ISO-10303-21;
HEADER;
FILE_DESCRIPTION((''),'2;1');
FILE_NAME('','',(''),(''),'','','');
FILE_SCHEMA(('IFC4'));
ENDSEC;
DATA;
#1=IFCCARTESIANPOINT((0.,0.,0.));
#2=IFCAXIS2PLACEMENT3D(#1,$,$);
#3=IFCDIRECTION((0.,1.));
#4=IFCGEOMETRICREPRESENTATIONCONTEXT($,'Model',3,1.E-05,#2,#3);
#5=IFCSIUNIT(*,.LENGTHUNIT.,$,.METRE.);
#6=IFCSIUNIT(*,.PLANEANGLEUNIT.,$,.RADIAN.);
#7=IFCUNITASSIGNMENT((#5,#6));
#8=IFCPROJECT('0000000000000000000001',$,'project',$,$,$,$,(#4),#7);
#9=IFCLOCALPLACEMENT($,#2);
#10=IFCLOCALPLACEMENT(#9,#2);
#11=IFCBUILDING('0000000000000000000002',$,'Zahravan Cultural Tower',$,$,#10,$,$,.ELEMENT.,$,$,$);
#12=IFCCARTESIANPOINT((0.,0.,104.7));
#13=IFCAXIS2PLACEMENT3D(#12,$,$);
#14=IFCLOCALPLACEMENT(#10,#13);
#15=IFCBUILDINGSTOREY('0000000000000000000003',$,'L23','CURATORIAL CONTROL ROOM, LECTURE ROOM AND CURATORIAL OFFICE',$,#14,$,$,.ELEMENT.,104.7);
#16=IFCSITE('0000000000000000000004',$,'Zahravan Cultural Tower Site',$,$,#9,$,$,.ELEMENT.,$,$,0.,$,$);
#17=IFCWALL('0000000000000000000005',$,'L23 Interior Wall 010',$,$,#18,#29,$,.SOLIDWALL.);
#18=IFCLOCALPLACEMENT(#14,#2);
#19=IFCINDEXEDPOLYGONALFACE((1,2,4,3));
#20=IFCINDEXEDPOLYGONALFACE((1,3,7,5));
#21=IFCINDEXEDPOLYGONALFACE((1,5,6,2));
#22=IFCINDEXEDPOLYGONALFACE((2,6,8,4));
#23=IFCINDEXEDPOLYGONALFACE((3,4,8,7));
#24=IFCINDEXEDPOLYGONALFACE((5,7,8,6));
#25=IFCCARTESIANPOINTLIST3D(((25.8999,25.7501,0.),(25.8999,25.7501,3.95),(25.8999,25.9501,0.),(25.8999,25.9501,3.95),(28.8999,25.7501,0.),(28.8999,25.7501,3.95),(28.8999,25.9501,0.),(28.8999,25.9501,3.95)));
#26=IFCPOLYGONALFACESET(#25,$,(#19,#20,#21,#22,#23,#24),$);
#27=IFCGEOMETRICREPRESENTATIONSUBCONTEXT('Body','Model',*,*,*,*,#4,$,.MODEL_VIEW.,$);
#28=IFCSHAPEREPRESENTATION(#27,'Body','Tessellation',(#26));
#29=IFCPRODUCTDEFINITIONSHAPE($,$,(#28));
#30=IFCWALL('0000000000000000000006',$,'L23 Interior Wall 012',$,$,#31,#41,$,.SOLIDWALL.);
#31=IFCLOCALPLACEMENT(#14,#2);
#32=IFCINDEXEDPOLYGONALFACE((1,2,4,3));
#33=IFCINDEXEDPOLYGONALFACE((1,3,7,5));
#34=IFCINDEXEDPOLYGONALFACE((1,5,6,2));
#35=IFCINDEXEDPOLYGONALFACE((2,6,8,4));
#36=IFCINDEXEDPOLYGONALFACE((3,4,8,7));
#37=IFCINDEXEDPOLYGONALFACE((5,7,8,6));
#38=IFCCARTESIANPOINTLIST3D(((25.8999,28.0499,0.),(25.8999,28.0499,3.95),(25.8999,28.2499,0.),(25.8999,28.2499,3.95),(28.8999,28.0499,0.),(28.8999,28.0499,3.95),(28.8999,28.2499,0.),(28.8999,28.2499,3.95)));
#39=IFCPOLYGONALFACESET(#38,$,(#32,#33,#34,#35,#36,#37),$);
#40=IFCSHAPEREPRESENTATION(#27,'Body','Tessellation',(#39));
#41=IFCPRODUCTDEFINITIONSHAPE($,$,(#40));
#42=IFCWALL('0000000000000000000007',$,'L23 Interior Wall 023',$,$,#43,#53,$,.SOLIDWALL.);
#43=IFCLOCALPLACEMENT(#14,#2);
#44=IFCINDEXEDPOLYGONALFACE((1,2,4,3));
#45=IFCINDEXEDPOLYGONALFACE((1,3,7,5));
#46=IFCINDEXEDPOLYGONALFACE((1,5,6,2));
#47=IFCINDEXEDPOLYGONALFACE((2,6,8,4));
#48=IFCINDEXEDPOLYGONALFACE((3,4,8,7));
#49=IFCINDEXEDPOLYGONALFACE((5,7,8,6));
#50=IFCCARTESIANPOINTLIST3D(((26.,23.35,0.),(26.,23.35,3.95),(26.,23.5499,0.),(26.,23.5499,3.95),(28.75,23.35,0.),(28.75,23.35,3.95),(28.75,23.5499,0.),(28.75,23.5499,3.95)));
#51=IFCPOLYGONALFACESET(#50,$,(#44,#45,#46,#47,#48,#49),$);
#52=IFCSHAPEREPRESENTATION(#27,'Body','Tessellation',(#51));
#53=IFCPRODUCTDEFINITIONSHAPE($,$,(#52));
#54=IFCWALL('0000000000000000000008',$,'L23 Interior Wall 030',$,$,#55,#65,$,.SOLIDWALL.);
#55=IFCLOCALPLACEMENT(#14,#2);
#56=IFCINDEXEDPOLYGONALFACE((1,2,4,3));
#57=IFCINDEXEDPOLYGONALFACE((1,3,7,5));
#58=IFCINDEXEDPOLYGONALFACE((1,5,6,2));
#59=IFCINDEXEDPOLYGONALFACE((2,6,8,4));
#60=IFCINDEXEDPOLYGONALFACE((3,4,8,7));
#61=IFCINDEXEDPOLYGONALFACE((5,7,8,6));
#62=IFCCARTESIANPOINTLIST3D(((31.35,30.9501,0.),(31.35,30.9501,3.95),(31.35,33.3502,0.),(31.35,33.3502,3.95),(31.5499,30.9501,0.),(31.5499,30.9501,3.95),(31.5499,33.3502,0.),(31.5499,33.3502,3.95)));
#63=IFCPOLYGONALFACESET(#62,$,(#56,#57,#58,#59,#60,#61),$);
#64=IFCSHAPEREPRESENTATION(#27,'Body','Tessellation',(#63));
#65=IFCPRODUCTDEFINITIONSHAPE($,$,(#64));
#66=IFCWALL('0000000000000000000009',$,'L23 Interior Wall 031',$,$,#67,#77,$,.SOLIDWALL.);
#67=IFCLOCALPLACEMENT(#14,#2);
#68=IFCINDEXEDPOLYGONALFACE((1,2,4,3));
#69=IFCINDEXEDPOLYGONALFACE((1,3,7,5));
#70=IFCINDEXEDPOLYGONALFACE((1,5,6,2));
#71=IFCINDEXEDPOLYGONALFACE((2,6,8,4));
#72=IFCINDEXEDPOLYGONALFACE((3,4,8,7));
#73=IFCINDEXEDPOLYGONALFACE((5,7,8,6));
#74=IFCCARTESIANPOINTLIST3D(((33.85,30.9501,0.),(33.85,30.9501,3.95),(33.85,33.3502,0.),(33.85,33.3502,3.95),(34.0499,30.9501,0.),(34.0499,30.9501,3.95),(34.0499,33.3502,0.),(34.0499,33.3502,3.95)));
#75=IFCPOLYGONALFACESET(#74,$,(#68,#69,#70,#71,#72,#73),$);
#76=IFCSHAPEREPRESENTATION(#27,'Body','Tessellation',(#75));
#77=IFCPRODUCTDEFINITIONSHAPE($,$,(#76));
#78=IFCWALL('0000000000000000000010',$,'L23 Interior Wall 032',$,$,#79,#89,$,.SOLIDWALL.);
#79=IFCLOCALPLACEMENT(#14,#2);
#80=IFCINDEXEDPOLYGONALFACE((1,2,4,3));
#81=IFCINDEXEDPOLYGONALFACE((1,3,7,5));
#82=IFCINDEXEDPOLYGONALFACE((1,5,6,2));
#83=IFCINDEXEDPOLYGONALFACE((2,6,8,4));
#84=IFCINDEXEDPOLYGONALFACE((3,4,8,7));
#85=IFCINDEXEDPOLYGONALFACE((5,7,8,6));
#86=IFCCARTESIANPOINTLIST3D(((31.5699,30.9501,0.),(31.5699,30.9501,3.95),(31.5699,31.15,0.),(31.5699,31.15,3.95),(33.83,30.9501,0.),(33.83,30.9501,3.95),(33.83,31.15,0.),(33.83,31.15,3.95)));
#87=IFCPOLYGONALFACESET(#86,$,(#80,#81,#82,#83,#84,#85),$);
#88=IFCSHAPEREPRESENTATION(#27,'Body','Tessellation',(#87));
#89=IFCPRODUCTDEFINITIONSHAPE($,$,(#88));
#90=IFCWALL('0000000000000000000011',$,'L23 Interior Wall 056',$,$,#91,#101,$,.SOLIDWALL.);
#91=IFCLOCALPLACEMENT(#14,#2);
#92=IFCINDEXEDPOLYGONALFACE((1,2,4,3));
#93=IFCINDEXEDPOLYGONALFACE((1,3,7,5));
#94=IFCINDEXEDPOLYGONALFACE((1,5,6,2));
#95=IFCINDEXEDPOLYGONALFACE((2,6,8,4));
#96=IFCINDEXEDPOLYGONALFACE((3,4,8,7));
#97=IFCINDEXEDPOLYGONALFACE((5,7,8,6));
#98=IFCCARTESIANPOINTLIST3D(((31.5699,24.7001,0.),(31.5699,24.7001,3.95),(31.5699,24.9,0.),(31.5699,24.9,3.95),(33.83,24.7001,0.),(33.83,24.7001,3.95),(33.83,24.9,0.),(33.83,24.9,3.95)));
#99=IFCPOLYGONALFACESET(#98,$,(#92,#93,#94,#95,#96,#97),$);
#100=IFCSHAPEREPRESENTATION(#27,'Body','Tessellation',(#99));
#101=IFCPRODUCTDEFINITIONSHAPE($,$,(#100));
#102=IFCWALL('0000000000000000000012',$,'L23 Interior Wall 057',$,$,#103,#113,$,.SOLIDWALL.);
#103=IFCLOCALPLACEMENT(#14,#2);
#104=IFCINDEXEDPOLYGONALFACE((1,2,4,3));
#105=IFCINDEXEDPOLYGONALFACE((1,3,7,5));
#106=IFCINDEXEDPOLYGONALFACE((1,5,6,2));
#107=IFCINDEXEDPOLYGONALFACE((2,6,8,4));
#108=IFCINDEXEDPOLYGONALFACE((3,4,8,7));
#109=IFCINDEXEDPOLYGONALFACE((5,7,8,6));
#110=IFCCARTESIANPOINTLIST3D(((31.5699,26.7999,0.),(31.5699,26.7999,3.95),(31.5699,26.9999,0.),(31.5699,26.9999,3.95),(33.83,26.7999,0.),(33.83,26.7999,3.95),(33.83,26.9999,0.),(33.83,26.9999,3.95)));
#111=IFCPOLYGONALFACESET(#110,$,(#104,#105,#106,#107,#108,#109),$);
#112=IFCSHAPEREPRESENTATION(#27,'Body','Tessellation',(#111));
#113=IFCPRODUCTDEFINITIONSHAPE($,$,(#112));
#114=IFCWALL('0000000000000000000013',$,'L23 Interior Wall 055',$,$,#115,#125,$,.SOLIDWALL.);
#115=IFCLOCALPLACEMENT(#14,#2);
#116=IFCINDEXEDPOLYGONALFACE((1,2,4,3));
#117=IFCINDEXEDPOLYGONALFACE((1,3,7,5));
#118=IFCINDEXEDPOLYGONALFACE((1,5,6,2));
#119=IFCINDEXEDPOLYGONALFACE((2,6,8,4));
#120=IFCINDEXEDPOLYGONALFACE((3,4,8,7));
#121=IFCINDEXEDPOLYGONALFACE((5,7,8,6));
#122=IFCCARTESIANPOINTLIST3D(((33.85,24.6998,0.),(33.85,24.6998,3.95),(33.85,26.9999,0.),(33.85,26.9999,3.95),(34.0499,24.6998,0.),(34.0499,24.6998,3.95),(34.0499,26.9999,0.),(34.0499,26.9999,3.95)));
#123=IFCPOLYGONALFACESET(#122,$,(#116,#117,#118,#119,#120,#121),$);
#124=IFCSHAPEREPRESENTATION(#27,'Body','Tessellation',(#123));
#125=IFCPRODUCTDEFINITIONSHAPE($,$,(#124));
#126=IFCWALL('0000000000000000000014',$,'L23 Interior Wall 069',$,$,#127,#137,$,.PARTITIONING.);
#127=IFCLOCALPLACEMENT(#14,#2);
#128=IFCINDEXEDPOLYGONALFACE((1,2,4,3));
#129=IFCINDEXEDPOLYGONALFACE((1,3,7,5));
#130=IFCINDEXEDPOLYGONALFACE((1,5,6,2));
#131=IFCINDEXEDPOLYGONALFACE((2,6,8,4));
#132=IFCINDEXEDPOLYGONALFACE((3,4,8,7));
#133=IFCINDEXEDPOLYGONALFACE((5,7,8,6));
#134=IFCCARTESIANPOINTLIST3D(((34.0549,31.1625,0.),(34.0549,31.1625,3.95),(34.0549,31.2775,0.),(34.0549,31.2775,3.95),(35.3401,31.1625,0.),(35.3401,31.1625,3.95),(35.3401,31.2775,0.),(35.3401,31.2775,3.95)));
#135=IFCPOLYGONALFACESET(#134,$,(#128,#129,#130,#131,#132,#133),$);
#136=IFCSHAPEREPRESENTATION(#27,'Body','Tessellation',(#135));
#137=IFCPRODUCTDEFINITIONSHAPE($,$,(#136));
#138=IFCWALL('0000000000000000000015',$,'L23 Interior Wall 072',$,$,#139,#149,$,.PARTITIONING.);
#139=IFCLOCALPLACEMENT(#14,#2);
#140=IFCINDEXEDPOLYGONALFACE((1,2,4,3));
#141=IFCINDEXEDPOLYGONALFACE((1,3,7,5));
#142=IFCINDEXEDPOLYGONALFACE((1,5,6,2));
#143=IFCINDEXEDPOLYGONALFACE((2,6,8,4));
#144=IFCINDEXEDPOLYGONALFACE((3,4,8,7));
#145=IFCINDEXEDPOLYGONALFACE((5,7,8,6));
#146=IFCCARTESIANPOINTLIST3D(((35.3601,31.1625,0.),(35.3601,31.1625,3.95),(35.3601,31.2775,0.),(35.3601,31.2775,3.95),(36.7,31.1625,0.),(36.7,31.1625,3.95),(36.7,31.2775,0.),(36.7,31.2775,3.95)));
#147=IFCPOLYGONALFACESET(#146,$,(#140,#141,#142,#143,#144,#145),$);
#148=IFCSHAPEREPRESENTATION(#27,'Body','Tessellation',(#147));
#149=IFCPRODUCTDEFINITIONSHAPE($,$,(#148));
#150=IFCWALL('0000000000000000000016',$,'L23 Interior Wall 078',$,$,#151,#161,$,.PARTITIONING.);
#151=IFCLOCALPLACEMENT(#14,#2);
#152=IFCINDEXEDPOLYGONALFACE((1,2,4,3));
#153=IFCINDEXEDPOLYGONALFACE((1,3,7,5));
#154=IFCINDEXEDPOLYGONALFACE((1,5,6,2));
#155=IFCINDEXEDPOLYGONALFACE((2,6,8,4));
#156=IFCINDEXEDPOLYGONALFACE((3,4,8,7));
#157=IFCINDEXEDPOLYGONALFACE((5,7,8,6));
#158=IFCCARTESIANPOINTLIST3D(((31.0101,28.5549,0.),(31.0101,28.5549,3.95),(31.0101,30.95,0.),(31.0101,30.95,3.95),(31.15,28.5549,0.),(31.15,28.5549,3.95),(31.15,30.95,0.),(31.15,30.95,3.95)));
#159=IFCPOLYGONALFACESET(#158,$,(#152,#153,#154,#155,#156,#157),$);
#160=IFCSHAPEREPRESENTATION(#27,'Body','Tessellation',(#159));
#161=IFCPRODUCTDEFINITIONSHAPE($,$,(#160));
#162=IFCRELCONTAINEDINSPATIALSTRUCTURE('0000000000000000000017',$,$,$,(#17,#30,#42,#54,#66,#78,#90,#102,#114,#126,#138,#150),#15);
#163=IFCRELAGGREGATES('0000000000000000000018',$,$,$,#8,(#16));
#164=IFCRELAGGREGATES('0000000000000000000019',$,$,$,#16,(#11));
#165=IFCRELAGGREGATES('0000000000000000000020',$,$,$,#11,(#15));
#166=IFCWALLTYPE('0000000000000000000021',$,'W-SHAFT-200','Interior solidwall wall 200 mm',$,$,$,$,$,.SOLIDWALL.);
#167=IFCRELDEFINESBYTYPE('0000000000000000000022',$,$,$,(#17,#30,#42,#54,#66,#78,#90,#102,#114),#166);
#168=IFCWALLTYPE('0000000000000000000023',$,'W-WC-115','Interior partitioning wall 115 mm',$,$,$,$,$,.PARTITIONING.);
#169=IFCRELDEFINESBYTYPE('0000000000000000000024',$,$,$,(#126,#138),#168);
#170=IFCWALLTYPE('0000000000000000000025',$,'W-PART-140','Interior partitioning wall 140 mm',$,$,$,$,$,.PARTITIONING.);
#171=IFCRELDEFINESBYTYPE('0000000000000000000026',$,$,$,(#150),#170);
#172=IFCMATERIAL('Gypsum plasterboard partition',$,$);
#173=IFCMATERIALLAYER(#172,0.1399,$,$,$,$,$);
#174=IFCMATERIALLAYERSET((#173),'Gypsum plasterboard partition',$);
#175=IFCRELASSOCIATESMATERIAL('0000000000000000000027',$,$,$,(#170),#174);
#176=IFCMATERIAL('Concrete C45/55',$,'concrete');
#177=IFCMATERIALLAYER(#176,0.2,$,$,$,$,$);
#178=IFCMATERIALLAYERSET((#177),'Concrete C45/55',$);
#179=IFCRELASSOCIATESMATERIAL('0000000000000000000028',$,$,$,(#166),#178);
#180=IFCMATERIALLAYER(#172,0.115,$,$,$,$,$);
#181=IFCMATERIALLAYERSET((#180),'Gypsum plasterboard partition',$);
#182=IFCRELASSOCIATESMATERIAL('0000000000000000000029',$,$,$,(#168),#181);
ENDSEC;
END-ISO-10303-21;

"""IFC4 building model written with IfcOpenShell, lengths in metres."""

from ifc_helpers import new_model, si_unit, direction, frame, frame_2d, origin, place, context, subcontext, project, spatial, rectangle, extrude, source, transform, mapped, material, layer, layer_set, type_object, element, save


model = new_model("IFC4")

# Units and contexts
model_context = context("Model", 3, precision=1e-05, world=origin(), true_north=direction((0.0, 1.0)))
body_context = subcontext(model_context, "Body", "Model", "MODEL_VIEW")
ifc_project = project(units=[si_unit("LENGTHUNIT", "METRE"), si_unit("PLANEANGLEUNIT", "RADIAN")], contexts=[model_context])

# Site, building, storey
site_placement = place(None, origin())
site = spatial("IfcSite", under=ifc_project, at=site_placement, Name="Zahravan Cultural Tower Site", CompositionType="ELEMENT", RefElevation=0.0)
building_placement = place(site_placement, origin())
building = spatial("IfcBuilding", under=site, at=building_placement, Name="Zahravan Cultural Tower", CompositionType="ELEMENT")
storey_placement = place(building_placement, frame((0.0, 0.0, 104.7)))
storey = spatial("IfcBuildingStorey", under=building, at=storey_placement, Name="L23", Description="CURATORIAL CONTROL ROOM, LECTURE ROOM AND CURATORIAL OFFICE", CompositionType="ELEMENT", Elevation=104.7)

# Shared definitions
ifc_material_1 = material(Name="Gypsum plasterboard partition")
ifc_layer_1 = layer(ifc_material_1, 0.1399)
ifc_layer_set_1 = layer_set([ifc_layer_1], Name="Gypsum plasterboard partition")
wall_type_1 = type_object("IfcWallType", Name="W-PART-140", Description="Interior partitioning wall 140 mm", PredefinedType="PARTITIONING", material=ifc_layer_set_1)
ifc_material_2 = material(Name="Concrete C45/55", Category="concrete")
ifc_layer_2 = layer(ifc_material_2, 0.2)
ifc_layer_set_2 = layer_set([ifc_layer_2], Name="Concrete C45/55")
wall_type_2 = type_object("IfcWallType", Name="W-SHAFT-200", Description="Interior solidwall wall 200 mm", PredefinedType="SOLIDWALL", material=ifc_layer_set_2)

# Walls
shared_shape_1 = source(origin(), body_context, "Body", "SweptSolid", [
    extrude(rectangle(XDim=3.0, YDim=0.2, at=frame_2d((1.5, 0.0))), origin(), (0.0, 0.0, 1.0), 3.95),
])
for number, where, z_axis, x_axis, name in (
    (1, (25.8999, 25.8501, 0.0), (0.0, 0.0, 1.0), (1.0, 0.0, 0.0), "L23 Interior Wall 010"),
    (2, (25.8999, 28.1499, 0.0), (0.0, 0.0, 1.0), (1.0, 0.0, 0.0), "L23 Interior Wall 012"),
):
    element("IfcWall", number, at=place(storey_placement, frame(where, z_axis=z_axis, x_axis=x_axis)), inside=storey, type_object=wall_type_2, Name=name, PredefinedType="SOLIDWALL", context=body_context, shape_type="MappedRepresentation", body=[
        mapped(shared_shape_1, transform((0.0, 0.0, 0.0), x_axis=(1.0, 0.0, 0.0), y_axis=(0.0, 1.0, 0.0), z_axis=(0.0, 0.0, 1.0), scale=1.0)),
    ])
shared_shape_2 = source(origin(), body_context, "Body", "SweptSolid", [
    extrude(rectangle(XDim=2.75, YDim=0.2, at=frame_2d((1.375, 0.0))), origin(), (0.0, 0.0, 1.0), 3.95),
])
wall_1_placement = place(storey_placement, frame((26.0, 23.45, 0.0), z_axis=(0.0, 0.0, 1.0), x_axis=(1.0, 0.0, 0.0)))
element("IfcWall", 3, at=wall_1_placement, inside=storey, type_object=wall_type_2, Name="L23 Interior Wall 023", PredefinedType="SOLIDWALL", context=body_context, shape_type="MappedRepresentation", body=[
    mapped(shared_shape_2, transform((0.0, 0.0, 0.0), x_axis=(1.0, 0.0, 0.0), y_axis=(0.0, 1.0, 0.0), z_axis=(0.0, 0.0, 1.0), scale=1.0)),
])
shared_shape_3 = source(origin(), body_context, "Body", "SweptSolid", [
    extrude(rectangle(XDim=2.4001, YDim=0.2, at=frame_2d((1.2002, 0.0))), origin(), (0.0, 0.0, 1.0), 3.95),
])
for number, where, z_axis, x_axis, name in (
    (4, (31.45, 30.95, 0.0), (0.0, 0.0, 1.0), (0.0, 1.0, 0.0), "L23 Interior Wall 030"),
    (5, (33.95, 30.95, 0.0), (0.0, 0.0, 1.0), (0.0, 1.0, 0.0), "L23 Interior Wall 031"),
):
    element("IfcWall", number, at=place(storey_placement, frame(where, z_axis=z_axis, x_axis=x_axis)), inside=storey, type_object=wall_type_2, Name=name, PredefinedType="SOLIDWALL", context=body_context, shape_type="MappedRepresentation", body=[
        mapped(shared_shape_3, transform((0.0, 0.0, 0.0), x_axis=(1.0, 0.0, 0.0), y_axis=(0.0, 1.0, 0.0), z_axis=(0.0, 0.0, 1.0), scale=1.0)),
    ])
shared_shape_4 = source(origin(), body_context, "Body", "SweptSolid", [
    extrude(rectangle(XDim=2.26, YDim=0.2, at=frame_2d((1.1299, 0.0))), origin(), (0.0, 0.0, 1.0), 3.95),
])
for number, where, z_axis, x_axis, name in (
    (6, (31.5701, 31.05, 0.0), (0.0, 0.0, 1.0), (1.0, 0.0, 0.0), "L23 Interior Wall 032"),
    (7, (31.5701, 24.8, 0.0), (0.0, 0.0, 1.0), (1.0, 0.0, 0.0), "L23 Interior Wall 056"),
    (8, (31.5701, 26.8999, 0.0), (0.0, 0.0, 1.0), (1.0, 0.0, 0.0), "L23 Interior Wall 057"),
):
    element("IfcWall", number, at=place(storey_placement, frame(where, z_axis=z_axis, x_axis=x_axis)), inside=storey, type_object=wall_type_2, Name=name, PredefinedType="SOLIDWALL", context=body_context, shape_type="MappedRepresentation", body=[
        mapped(shared_shape_4, transform((0.0, 0.0, 0.0), x_axis=(1.0, 0.0, 0.0), y_axis=(0.0, 1.0, 0.0), z_axis=(0.0, 0.0, 1.0), scale=1.0)),
    ])
shared_shape_5 = source(origin(), body_context, "Body", "SweptSolid", [
    extrude(rectangle(XDim=2.3, YDim=0.2, at=frame_2d((1.1499, 0.0))), origin(), (0.0, 0.0, 1.0), 3.95),
])
wall_2_placement = place(storey_placement, frame((33.95, 24.7, 0.0), z_axis=(0.0, 0.0, 1.0), x_axis=(0.0, 1.0, 0.0)))
element("IfcWall", 9, at=wall_2_placement, inside=storey, type_object=wall_type_2, Name="L23 Interior Wall 055", PredefinedType="SOLIDWALL", context=body_context, shape_type="MappedRepresentation", body=[
    mapped(shared_shape_5, transform((0.0, 0.0, 0.0), x_axis=(1.0, 0.0, 0.0), y_axis=(0.0, 1.0, 0.0), z_axis=(0.0, 0.0, 1.0), scale=1.0)),
])
ifc_layer_3 = layer(ifc_material_1, 0.115)
ifc_layer_set_3 = layer_set([ifc_layer_3], Name="Gypsum plasterboard partition")
wall_type_3 = type_object("IfcWallType", Name="W-WC-115", Description="Interior partitioning wall 115 mm", PredefinedType="PARTITIONING", material=ifc_layer_set_3)
shared_shape_6 = source(origin(), body_context, "Body", "SweptSolid", [
    extrude(rectangle(XDim=1.2852, YDim=0.115, at=frame_2d((0.6426, 0.0))), origin(), (0.0, 0.0, 1.0), 3.95),
])
wall_3_placement = place(storey_placement, frame((35.3401, 31.22, 0.0), z_axis=(0.0, 0.0, 1.0), x_axis=(-1.0, 0.0, 0.0)))
element("IfcWall", 10, at=wall_3_placement, inside=storey, type_object=wall_type_3, Name="L23 Interior Wall 069", PredefinedType="PARTITIONING", context=body_context, shape_type="MappedRepresentation", body=[
    mapped(shared_shape_6, transform((0.0, 0.0, 0.0), x_axis=(1.0, 0.0, 0.0), y_axis=(0.0, 1.0, 0.0), z_axis=(0.0, 0.0, 1.0), scale=1.0)),
])
shared_shape_7 = source(origin(), body_context, "Body", "SweptSolid", [
    extrude(rectangle(XDim=1.3398, YDim=0.115, at=frame_2d((0.6699, 0.0))), origin(), (0.0, 0.0, 1.0), 3.95),
])
wall_4_placement = place(storey_placement, frame((36.7, 31.22, 0.0), z_axis=(0.0, 0.0, 1.0), x_axis=(-1.0, 0.0, 0.0)))
element("IfcWall", 11, at=wall_4_placement, inside=storey, type_object=wall_type_3, Name="L23 Interior Wall 072", PredefinedType="PARTITIONING", context=body_context, shape_type="MappedRepresentation", body=[
    mapped(shared_shape_7, transform((0.0, 0.0, 0.0), x_axis=(1.0, 0.0, 0.0), y_axis=(0.0, 1.0, 0.0), z_axis=(0.0, 0.0, 1.0), scale=1.0)),
])
shared_shape_8 = source(origin(), body_context, "Body", "SweptSolid", [
    extrude(rectangle(XDim=2.395, YDim=0.1399, at=frame_2d((1.1975, 0.0))), origin(), (0.0, 0.0, 1.0), 3.95),
])
wall_5_placement = place(storey_placement, frame((31.0801, 28.5549, 0.0), z_axis=(0.0, 0.0, 1.0), x_axis=(0.0, 1.0, 0.0)))
element("IfcWall", 12, at=wall_5_placement, inside=storey, type_object=wall_type_1, Name="L23 Interior Wall 078", PredefinedType="PARTITIONING", context=body_context, shape_type="MappedRepresentation", body=[
    mapped(shared_shape_8, transform((0.0, 0.0, 0.0), x_axis=(1.0, 0.0, 0.0), y_axis=(0.0, 1.0, 0.0), z_axis=(0.0, 0.0, 1.0), scale=1.0)),
])

save(model, "model.ifc")
